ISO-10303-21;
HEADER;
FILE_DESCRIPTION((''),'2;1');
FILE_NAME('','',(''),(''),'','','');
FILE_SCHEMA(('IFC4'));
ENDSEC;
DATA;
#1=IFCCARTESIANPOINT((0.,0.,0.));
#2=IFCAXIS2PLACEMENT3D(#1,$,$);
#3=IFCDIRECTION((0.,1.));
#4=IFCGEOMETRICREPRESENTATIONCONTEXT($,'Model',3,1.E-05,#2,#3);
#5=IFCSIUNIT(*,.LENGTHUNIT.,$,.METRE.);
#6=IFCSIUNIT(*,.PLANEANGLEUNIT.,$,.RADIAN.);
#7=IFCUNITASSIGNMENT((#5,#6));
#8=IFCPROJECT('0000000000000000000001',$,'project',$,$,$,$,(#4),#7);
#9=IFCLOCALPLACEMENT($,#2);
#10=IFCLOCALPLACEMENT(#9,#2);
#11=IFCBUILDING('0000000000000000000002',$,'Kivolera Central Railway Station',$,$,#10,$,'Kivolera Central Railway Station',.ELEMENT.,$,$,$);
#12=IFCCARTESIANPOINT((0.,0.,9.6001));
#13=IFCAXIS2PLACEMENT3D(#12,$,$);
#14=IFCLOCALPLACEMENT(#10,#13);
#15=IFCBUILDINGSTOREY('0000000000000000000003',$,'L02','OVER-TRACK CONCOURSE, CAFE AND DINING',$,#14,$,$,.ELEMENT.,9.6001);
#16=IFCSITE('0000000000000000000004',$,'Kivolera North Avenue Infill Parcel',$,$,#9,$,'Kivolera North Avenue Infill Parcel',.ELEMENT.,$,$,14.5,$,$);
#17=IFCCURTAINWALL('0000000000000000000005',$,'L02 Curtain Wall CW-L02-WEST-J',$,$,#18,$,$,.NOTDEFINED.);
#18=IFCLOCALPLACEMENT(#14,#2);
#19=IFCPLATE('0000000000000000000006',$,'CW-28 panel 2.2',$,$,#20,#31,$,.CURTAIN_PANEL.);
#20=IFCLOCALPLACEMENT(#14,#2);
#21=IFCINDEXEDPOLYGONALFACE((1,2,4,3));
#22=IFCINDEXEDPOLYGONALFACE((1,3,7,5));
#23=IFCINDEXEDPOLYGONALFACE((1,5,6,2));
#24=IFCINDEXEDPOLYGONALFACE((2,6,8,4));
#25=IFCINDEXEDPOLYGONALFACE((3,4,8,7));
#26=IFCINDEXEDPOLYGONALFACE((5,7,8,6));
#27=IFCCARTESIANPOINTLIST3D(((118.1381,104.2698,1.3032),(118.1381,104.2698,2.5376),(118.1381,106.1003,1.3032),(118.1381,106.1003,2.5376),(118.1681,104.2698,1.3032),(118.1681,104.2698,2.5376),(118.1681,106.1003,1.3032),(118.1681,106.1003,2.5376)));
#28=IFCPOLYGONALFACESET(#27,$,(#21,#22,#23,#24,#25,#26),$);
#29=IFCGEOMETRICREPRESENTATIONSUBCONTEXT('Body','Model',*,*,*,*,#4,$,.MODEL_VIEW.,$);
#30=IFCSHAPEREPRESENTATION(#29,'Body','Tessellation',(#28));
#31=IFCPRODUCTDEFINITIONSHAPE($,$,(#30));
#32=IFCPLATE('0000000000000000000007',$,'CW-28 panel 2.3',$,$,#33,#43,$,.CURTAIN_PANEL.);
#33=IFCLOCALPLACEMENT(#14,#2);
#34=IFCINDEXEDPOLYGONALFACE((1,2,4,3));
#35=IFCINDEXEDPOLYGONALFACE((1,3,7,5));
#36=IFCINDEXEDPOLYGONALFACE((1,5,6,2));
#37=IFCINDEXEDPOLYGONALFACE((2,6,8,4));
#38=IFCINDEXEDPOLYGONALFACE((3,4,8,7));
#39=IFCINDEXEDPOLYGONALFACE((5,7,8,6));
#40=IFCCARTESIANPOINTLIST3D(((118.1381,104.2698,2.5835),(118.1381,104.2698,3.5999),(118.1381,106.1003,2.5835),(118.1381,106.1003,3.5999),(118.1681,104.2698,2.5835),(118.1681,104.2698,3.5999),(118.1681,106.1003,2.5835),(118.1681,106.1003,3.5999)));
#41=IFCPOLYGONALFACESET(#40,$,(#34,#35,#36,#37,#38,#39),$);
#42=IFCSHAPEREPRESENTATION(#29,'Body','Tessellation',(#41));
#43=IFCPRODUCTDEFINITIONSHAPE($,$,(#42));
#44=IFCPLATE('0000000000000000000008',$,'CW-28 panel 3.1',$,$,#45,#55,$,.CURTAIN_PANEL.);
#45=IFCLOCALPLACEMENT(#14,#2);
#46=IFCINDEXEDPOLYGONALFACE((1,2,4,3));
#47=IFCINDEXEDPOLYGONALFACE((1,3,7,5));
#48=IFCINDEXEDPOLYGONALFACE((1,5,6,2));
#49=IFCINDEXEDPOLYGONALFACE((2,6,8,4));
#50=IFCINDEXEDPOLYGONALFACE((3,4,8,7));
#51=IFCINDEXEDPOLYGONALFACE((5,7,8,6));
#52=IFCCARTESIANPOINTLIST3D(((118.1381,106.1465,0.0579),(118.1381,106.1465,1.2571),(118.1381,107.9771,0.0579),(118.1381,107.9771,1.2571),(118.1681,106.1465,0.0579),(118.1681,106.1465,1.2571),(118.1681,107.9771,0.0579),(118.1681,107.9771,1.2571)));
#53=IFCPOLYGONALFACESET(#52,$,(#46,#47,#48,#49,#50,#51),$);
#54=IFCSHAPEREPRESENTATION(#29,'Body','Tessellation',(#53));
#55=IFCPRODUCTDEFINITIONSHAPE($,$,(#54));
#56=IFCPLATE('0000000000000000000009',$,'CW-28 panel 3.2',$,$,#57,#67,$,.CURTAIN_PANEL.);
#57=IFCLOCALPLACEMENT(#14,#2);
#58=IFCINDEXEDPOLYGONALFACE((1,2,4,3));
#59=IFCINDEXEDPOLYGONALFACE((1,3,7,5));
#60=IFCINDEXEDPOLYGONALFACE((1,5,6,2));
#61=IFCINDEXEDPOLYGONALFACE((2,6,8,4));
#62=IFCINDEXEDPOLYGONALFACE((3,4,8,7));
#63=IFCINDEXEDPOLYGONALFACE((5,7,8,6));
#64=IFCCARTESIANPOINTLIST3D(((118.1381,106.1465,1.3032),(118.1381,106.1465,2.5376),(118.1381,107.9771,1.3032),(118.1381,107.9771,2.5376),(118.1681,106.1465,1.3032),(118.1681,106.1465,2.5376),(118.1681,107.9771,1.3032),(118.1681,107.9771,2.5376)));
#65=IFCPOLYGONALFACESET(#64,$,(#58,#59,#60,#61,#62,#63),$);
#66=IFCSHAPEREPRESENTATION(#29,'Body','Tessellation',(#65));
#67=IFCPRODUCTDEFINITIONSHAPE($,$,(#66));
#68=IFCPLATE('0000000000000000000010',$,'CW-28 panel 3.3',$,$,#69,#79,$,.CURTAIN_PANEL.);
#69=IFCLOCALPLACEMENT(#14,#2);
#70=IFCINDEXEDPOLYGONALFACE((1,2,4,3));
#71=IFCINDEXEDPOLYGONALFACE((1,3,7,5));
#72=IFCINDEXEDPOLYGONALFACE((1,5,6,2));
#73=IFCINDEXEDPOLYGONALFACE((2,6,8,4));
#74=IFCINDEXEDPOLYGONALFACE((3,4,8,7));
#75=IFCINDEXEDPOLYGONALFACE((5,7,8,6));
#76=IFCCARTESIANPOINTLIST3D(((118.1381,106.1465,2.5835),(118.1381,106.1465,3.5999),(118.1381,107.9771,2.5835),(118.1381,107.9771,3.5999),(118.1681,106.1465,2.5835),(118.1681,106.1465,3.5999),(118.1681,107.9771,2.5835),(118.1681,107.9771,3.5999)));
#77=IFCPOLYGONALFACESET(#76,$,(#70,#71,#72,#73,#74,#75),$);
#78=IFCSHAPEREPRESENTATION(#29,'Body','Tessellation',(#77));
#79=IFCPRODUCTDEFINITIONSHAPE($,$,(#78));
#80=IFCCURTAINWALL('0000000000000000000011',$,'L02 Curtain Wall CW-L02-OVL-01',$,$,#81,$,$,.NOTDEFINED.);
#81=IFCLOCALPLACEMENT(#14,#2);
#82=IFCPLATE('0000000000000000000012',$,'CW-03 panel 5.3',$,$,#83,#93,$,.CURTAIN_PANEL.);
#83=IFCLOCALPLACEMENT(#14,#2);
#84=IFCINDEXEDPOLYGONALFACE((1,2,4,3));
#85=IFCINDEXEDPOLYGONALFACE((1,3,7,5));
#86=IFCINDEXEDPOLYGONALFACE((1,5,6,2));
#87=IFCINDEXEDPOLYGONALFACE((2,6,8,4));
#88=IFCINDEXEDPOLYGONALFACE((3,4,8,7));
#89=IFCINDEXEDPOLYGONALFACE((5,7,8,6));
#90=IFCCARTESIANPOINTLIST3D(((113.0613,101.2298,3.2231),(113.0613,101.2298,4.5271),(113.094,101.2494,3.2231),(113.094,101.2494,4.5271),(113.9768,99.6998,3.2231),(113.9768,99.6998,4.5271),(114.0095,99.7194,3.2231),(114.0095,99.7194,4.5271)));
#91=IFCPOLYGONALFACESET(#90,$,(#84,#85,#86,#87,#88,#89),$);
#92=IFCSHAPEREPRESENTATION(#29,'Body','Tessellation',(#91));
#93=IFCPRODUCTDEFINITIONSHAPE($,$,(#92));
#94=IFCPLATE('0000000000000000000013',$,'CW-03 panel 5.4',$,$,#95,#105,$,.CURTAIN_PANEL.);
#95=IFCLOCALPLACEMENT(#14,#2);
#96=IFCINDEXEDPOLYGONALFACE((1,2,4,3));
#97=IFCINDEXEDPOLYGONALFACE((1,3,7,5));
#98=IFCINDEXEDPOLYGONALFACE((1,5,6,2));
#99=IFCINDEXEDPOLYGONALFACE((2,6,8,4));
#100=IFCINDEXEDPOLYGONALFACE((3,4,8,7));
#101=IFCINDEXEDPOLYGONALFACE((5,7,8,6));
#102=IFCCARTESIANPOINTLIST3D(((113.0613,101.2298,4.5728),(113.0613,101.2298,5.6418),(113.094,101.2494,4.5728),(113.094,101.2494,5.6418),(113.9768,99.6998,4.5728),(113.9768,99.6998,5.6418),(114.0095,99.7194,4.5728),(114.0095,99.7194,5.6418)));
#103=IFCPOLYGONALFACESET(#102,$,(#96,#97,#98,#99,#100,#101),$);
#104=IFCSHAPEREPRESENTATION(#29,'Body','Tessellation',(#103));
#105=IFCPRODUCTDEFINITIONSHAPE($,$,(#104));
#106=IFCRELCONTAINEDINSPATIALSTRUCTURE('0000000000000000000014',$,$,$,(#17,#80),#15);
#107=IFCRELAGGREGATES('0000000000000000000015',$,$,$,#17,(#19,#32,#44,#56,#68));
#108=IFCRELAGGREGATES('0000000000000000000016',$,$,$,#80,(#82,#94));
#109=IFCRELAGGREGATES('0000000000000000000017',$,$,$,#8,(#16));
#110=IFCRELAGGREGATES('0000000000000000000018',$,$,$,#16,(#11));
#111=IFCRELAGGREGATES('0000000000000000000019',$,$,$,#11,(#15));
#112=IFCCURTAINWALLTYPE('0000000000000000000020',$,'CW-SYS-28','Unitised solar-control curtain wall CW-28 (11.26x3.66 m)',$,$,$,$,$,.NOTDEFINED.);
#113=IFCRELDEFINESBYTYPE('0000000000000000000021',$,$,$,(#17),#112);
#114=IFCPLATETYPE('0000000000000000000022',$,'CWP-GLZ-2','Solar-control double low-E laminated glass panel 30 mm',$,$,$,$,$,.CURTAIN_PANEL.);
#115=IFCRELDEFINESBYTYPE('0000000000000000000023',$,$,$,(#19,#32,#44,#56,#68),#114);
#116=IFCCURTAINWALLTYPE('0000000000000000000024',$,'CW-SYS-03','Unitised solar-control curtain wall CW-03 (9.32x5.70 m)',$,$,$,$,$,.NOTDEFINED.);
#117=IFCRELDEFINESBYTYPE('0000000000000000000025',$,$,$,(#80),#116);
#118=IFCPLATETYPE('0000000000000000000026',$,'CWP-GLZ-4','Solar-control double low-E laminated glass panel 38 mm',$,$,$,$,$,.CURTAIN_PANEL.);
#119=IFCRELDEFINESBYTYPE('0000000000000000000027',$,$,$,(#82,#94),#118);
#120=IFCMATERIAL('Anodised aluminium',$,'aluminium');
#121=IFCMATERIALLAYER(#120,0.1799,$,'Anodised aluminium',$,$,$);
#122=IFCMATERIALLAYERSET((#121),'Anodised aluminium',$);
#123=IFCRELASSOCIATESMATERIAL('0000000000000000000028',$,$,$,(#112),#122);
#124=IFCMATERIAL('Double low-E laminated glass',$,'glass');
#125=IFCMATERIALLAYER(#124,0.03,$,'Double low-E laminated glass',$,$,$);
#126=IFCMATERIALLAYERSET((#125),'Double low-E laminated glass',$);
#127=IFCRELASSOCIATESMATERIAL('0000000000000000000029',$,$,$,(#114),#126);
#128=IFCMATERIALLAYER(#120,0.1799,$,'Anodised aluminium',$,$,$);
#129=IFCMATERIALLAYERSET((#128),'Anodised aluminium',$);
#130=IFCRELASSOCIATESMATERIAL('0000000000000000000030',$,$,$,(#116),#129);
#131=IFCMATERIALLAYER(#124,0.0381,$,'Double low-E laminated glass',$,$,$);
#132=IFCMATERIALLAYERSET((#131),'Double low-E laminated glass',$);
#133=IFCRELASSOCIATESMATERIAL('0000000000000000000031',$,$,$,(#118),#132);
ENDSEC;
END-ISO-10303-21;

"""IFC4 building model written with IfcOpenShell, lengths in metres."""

from ifc_helpers import new_model, si_unit, direction, frame, origin, origin_2d, place, context, subcontext, project, spatial, rectangle, extrude, material, layer, layer_set, type_object, element, aggregate, save


model = new_model("IFC4")

# Units and contexts
model_context = context("Model", 3, precision=1e-05, world=origin(), true_north=direction((0.0, 1.0)))
body_context = subcontext(model_context, "Body", "Model", "MODEL_VIEW")
ifc_project = project(units=[si_unit("LENGTHUNIT", "METRE"), si_unit("PLANEANGLEUNIT", "RADIAN")], contexts=[model_context])

# Site, building, storey
site_placement = place(None, origin())
site = spatial("IfcSite", under=ifc_project, at=site_placement, Name="Kivolera North Avenue Infill Parcel", LongName="Kivolera North Avenue Infill Parcel", CompositionType="ELEMENT", RefElevation=14.5)
building_placement = place(site_placement, origin())
building = spatial("IfcBuilding", under=site, at=building_placement, Name="Kivolera Central Railway Station", LongName="Kivolera Central Railway Station", CompositionType="ELEMENT")
storey_placement = place(building_placement, frame((0.0, 0.0, 9.6001)))
storey = spatial("IfcBuildingStorey", under=building, at=storey_placement, Name="L02", Description="OVER-TRACK CONCOURSE, CAFE AND DINING", CompositionType="ELEMENT", Elevation=9.6001)

# Curtain wall, plates
ifc_material_1 = material(Name="Anodised aluminium", Category="aluminium")
ifc_layer_1 = layer(ifc_material_1, 0.1799, Name="Anodised aluminium")
ifc_layer_set_1 = layer_set([ifc_layer_1], Name="Anodised aluminium")
curtain_wall_type_1 = type_object("IfcCurtainWallType", Name="CW-SYS-28", Description="Unitised solar-control curtain wall CW-28 (11.26x3.66 m)", PredefinedType="NOTDEFINED", material=ifc_layer_set_1)
curtain_wall_1_placement = place(storey_placement, origin())
curtain_wall_1 = element("IfcCurtainWall", 1, at=curtain_wall_1_placement, inside=storey, type_object=curtain_wall_type_1, Name="L02 Curtain Wall CW-L02-WEST-J", PredefinedType="NOTDEFINED")
ifc_material_2 = material(Name="Double low-E laminated glass", Category="glass")
ifc_layer_2 = layer(ifc_material_2, 0.03, Name="Double low-E laminated glass")
ifc_layer_set_2 = layer_set([ifc_layer_2], Name="Double low-E laminated glass")
plate_type_1 = type_object("IfcPlateType", Name="CWP-GLZ-2", Description="Solar-control double low-E laminated glass panel 30 mm", PredefinedType="CURTAIN_PANEL", material=ifc_layer_set_2)
plate_1_placement = place(storey_placement, frame((118.1531, 105.1851, 1.3032), z_axis=(0.0, 0.0, 1.0), x_axis=(0.0, 1.0, 0.0)))
plate_1 = element("IfcPlate", 2, at=plate_1_placement, type_object=plate_type_1, Name="CW-28 panel 2.2", PredefinedType="CURTAIN_PANEL", context=body_context, shape_type="SweptSolid", body=[
    extrude(rectangle(XDim=1.8306, YDim=0.03, at=origin_2d()), origin(), (0.0, 0.0, 1.0), 1.2344),
])
plate_2_placement = place(storey_placement, frame((118.1531, 105.1851, 2.5835), z_axis=(0.0, 0.0, 1.0), x_axis=(0.0, 1.0, 0.0)))
plate_2 = element("IfcPlate", 3, at=plate_2_placement, type_object=plate_type_1, Name="CW-28 panel 2.3", PredefinedType="CURTAIN_PANEL", context=body_context, shape_type="SweptSolid", body=[
    extrude(rectangle(XDim=1.8306, YDim=0.03, at=origin_2d()), origin(), (0.0, 0.0, 1.0), 1.0164),
])
plate_3_placement = place(storey_placement, frame((118.1531, 107.0618, 0.0579), z_axis=(0.0, 0.0, 1.0), x_axis=(0.0, 1.0, 0.0)))
plate_3 = element("IfcPlate", 4, at=plate_3_placement, type_object=plate_type_1, Name="CW-28 panel 3.1", PredefinedType="CURTAIN_PANEL", context=body_context, shape_type="SweptSolid", body=[
    extrude(rectangle(XDim=1.8306, YDim=0.03, at=origin_2d()), origin(), (0.0, 0.0, 1.0), 1.1992),
])
plate_4_placement = place(storey_placement, frame((118.1531, 107.0618, 1.3032), z_axis=(0.0, 0.0, 1.0), x_axis=(0.0, 1.0, 0.0)))
plate_4 = element("IfcPlate", 5, at=plate_4_placement, type_object=plate_type_1, Name="CW-28 panel 3.2", PredefinedType="CURTAIN_PANEL", context=body_context, shape_type="SweptSolid", body=[
    extrude(rectangle(XDim=1.8306, YDim=0.03, at=origin_2d()), origin(), (0.0, 0.0, 1.0), 1.2344),
])
plate_5_placement = place(storey_placement, frame((118.1531, 107.0618, 2.5835), z_axis=(0.0, 0.0, 1.0), x_axis=(0.0, 1.0, 0.0)))
plate_5 = element("IfcPlate", 6, at=plate_5_placement, type_object=plate_type_1, Name="CW-28 panel 3.3", PredefinedType="CURTAIN_PANEL", context=body_context, shape_type="SweptSolid", body=[
    extrude(rectangle(XDim=1.8306, YDim=0.03, at=origin_2d()), origin(), (0.0, 0.0, 1.0), 1.0164),
])
aggregate(curtain_wall_1, [plate_1, plate_2, plate_3, plate_4, plate_5])

# Curtain wall, plates
ifc_layer_3 = layer(ifc_material_1, 0.1799, Name="Anodised aluminium")
ifc_layer_set_3 = layer_set([ifc_layer_3], Name="Anodised aluminium")
curtain_wall_type_2 = type_object("IfcCurtainWallType", Name="CW-SYS-03", Description="Unitised solar-control curtain wall CW-03 (9.32x5.70 m)", PredefinedType="NOTDEFINED", material=ifc_layer_set_3)
curtain_wall_2_placement = place(storey_placement, origin())
curtain_wall_2 = element("IfcCurtainWall", 7, at=curtain_wall_2_placement, inside=storey, type_object=curtain_wall_type_2, Name="L02 Curtain Wall CW-L02-OVL-01", PredefinedType="NOTDEFINED")
ifc_layer_4 = layer(ifc_material_2, 0.0381, Name="Double low-E laminated glass")
ifc_layer_set_4 = layer_set([ifc_layer_4], Name="Double low-E laminated glass")
plate_type_2 = type_object("IfcPlateType", Name="CWP-GLZ-4", Description="Solar-control double low-E laminated glass panel 38 mm", PredefinedType="CURTAIN_PANEL", material=ifc_layer_set_4)
plate_6_placement = place(storey_placement, frame((113.5354, 100.4746, 3.2231), z_axis=(0.0, 0.0, 1.0), x_axis=(0.513454, -0.858117, 0.0)))
plate_6 = element("IfcPlate", 8, at=plate_6_placement, type_object=plate_type_2, Name="CW-03 panel 5.3", PredefinedType="CURTAIN_PANEL", context=body_context, shape_type="SweptSolid", body=[
    extrude(rectangle(XDim=1.783, YDim=0.0381, at=origin_2d()), origin(), (0.0, 0.0, 1.0), 1.304),
])
plate_7_placement = place(storey_placement, frame((113.5354, 100.4746, 4.5728), z_axis=(0.0, 0.0, 1.0), x_axis=(0.513454, -0.858117, 0.0)))
plate_7 = element("IfcPlate", 9, at=plate_7_placement, type_object=plate_type_2, Name="CW-03 panel 5.4", PredefinedType="CURTAIN_PANEL", context=body_context, shape_type="SweptSolid", body=[
    extrude(rectangle(XDim=1.783, YDim=0.0381, at=origin_2d()), origin(), (0.0, 0.0, 1.0), 1.0691),
])
aggregate(curtain_wall_2, [plate_6, plate_7])

save(model, "model.ifc")
